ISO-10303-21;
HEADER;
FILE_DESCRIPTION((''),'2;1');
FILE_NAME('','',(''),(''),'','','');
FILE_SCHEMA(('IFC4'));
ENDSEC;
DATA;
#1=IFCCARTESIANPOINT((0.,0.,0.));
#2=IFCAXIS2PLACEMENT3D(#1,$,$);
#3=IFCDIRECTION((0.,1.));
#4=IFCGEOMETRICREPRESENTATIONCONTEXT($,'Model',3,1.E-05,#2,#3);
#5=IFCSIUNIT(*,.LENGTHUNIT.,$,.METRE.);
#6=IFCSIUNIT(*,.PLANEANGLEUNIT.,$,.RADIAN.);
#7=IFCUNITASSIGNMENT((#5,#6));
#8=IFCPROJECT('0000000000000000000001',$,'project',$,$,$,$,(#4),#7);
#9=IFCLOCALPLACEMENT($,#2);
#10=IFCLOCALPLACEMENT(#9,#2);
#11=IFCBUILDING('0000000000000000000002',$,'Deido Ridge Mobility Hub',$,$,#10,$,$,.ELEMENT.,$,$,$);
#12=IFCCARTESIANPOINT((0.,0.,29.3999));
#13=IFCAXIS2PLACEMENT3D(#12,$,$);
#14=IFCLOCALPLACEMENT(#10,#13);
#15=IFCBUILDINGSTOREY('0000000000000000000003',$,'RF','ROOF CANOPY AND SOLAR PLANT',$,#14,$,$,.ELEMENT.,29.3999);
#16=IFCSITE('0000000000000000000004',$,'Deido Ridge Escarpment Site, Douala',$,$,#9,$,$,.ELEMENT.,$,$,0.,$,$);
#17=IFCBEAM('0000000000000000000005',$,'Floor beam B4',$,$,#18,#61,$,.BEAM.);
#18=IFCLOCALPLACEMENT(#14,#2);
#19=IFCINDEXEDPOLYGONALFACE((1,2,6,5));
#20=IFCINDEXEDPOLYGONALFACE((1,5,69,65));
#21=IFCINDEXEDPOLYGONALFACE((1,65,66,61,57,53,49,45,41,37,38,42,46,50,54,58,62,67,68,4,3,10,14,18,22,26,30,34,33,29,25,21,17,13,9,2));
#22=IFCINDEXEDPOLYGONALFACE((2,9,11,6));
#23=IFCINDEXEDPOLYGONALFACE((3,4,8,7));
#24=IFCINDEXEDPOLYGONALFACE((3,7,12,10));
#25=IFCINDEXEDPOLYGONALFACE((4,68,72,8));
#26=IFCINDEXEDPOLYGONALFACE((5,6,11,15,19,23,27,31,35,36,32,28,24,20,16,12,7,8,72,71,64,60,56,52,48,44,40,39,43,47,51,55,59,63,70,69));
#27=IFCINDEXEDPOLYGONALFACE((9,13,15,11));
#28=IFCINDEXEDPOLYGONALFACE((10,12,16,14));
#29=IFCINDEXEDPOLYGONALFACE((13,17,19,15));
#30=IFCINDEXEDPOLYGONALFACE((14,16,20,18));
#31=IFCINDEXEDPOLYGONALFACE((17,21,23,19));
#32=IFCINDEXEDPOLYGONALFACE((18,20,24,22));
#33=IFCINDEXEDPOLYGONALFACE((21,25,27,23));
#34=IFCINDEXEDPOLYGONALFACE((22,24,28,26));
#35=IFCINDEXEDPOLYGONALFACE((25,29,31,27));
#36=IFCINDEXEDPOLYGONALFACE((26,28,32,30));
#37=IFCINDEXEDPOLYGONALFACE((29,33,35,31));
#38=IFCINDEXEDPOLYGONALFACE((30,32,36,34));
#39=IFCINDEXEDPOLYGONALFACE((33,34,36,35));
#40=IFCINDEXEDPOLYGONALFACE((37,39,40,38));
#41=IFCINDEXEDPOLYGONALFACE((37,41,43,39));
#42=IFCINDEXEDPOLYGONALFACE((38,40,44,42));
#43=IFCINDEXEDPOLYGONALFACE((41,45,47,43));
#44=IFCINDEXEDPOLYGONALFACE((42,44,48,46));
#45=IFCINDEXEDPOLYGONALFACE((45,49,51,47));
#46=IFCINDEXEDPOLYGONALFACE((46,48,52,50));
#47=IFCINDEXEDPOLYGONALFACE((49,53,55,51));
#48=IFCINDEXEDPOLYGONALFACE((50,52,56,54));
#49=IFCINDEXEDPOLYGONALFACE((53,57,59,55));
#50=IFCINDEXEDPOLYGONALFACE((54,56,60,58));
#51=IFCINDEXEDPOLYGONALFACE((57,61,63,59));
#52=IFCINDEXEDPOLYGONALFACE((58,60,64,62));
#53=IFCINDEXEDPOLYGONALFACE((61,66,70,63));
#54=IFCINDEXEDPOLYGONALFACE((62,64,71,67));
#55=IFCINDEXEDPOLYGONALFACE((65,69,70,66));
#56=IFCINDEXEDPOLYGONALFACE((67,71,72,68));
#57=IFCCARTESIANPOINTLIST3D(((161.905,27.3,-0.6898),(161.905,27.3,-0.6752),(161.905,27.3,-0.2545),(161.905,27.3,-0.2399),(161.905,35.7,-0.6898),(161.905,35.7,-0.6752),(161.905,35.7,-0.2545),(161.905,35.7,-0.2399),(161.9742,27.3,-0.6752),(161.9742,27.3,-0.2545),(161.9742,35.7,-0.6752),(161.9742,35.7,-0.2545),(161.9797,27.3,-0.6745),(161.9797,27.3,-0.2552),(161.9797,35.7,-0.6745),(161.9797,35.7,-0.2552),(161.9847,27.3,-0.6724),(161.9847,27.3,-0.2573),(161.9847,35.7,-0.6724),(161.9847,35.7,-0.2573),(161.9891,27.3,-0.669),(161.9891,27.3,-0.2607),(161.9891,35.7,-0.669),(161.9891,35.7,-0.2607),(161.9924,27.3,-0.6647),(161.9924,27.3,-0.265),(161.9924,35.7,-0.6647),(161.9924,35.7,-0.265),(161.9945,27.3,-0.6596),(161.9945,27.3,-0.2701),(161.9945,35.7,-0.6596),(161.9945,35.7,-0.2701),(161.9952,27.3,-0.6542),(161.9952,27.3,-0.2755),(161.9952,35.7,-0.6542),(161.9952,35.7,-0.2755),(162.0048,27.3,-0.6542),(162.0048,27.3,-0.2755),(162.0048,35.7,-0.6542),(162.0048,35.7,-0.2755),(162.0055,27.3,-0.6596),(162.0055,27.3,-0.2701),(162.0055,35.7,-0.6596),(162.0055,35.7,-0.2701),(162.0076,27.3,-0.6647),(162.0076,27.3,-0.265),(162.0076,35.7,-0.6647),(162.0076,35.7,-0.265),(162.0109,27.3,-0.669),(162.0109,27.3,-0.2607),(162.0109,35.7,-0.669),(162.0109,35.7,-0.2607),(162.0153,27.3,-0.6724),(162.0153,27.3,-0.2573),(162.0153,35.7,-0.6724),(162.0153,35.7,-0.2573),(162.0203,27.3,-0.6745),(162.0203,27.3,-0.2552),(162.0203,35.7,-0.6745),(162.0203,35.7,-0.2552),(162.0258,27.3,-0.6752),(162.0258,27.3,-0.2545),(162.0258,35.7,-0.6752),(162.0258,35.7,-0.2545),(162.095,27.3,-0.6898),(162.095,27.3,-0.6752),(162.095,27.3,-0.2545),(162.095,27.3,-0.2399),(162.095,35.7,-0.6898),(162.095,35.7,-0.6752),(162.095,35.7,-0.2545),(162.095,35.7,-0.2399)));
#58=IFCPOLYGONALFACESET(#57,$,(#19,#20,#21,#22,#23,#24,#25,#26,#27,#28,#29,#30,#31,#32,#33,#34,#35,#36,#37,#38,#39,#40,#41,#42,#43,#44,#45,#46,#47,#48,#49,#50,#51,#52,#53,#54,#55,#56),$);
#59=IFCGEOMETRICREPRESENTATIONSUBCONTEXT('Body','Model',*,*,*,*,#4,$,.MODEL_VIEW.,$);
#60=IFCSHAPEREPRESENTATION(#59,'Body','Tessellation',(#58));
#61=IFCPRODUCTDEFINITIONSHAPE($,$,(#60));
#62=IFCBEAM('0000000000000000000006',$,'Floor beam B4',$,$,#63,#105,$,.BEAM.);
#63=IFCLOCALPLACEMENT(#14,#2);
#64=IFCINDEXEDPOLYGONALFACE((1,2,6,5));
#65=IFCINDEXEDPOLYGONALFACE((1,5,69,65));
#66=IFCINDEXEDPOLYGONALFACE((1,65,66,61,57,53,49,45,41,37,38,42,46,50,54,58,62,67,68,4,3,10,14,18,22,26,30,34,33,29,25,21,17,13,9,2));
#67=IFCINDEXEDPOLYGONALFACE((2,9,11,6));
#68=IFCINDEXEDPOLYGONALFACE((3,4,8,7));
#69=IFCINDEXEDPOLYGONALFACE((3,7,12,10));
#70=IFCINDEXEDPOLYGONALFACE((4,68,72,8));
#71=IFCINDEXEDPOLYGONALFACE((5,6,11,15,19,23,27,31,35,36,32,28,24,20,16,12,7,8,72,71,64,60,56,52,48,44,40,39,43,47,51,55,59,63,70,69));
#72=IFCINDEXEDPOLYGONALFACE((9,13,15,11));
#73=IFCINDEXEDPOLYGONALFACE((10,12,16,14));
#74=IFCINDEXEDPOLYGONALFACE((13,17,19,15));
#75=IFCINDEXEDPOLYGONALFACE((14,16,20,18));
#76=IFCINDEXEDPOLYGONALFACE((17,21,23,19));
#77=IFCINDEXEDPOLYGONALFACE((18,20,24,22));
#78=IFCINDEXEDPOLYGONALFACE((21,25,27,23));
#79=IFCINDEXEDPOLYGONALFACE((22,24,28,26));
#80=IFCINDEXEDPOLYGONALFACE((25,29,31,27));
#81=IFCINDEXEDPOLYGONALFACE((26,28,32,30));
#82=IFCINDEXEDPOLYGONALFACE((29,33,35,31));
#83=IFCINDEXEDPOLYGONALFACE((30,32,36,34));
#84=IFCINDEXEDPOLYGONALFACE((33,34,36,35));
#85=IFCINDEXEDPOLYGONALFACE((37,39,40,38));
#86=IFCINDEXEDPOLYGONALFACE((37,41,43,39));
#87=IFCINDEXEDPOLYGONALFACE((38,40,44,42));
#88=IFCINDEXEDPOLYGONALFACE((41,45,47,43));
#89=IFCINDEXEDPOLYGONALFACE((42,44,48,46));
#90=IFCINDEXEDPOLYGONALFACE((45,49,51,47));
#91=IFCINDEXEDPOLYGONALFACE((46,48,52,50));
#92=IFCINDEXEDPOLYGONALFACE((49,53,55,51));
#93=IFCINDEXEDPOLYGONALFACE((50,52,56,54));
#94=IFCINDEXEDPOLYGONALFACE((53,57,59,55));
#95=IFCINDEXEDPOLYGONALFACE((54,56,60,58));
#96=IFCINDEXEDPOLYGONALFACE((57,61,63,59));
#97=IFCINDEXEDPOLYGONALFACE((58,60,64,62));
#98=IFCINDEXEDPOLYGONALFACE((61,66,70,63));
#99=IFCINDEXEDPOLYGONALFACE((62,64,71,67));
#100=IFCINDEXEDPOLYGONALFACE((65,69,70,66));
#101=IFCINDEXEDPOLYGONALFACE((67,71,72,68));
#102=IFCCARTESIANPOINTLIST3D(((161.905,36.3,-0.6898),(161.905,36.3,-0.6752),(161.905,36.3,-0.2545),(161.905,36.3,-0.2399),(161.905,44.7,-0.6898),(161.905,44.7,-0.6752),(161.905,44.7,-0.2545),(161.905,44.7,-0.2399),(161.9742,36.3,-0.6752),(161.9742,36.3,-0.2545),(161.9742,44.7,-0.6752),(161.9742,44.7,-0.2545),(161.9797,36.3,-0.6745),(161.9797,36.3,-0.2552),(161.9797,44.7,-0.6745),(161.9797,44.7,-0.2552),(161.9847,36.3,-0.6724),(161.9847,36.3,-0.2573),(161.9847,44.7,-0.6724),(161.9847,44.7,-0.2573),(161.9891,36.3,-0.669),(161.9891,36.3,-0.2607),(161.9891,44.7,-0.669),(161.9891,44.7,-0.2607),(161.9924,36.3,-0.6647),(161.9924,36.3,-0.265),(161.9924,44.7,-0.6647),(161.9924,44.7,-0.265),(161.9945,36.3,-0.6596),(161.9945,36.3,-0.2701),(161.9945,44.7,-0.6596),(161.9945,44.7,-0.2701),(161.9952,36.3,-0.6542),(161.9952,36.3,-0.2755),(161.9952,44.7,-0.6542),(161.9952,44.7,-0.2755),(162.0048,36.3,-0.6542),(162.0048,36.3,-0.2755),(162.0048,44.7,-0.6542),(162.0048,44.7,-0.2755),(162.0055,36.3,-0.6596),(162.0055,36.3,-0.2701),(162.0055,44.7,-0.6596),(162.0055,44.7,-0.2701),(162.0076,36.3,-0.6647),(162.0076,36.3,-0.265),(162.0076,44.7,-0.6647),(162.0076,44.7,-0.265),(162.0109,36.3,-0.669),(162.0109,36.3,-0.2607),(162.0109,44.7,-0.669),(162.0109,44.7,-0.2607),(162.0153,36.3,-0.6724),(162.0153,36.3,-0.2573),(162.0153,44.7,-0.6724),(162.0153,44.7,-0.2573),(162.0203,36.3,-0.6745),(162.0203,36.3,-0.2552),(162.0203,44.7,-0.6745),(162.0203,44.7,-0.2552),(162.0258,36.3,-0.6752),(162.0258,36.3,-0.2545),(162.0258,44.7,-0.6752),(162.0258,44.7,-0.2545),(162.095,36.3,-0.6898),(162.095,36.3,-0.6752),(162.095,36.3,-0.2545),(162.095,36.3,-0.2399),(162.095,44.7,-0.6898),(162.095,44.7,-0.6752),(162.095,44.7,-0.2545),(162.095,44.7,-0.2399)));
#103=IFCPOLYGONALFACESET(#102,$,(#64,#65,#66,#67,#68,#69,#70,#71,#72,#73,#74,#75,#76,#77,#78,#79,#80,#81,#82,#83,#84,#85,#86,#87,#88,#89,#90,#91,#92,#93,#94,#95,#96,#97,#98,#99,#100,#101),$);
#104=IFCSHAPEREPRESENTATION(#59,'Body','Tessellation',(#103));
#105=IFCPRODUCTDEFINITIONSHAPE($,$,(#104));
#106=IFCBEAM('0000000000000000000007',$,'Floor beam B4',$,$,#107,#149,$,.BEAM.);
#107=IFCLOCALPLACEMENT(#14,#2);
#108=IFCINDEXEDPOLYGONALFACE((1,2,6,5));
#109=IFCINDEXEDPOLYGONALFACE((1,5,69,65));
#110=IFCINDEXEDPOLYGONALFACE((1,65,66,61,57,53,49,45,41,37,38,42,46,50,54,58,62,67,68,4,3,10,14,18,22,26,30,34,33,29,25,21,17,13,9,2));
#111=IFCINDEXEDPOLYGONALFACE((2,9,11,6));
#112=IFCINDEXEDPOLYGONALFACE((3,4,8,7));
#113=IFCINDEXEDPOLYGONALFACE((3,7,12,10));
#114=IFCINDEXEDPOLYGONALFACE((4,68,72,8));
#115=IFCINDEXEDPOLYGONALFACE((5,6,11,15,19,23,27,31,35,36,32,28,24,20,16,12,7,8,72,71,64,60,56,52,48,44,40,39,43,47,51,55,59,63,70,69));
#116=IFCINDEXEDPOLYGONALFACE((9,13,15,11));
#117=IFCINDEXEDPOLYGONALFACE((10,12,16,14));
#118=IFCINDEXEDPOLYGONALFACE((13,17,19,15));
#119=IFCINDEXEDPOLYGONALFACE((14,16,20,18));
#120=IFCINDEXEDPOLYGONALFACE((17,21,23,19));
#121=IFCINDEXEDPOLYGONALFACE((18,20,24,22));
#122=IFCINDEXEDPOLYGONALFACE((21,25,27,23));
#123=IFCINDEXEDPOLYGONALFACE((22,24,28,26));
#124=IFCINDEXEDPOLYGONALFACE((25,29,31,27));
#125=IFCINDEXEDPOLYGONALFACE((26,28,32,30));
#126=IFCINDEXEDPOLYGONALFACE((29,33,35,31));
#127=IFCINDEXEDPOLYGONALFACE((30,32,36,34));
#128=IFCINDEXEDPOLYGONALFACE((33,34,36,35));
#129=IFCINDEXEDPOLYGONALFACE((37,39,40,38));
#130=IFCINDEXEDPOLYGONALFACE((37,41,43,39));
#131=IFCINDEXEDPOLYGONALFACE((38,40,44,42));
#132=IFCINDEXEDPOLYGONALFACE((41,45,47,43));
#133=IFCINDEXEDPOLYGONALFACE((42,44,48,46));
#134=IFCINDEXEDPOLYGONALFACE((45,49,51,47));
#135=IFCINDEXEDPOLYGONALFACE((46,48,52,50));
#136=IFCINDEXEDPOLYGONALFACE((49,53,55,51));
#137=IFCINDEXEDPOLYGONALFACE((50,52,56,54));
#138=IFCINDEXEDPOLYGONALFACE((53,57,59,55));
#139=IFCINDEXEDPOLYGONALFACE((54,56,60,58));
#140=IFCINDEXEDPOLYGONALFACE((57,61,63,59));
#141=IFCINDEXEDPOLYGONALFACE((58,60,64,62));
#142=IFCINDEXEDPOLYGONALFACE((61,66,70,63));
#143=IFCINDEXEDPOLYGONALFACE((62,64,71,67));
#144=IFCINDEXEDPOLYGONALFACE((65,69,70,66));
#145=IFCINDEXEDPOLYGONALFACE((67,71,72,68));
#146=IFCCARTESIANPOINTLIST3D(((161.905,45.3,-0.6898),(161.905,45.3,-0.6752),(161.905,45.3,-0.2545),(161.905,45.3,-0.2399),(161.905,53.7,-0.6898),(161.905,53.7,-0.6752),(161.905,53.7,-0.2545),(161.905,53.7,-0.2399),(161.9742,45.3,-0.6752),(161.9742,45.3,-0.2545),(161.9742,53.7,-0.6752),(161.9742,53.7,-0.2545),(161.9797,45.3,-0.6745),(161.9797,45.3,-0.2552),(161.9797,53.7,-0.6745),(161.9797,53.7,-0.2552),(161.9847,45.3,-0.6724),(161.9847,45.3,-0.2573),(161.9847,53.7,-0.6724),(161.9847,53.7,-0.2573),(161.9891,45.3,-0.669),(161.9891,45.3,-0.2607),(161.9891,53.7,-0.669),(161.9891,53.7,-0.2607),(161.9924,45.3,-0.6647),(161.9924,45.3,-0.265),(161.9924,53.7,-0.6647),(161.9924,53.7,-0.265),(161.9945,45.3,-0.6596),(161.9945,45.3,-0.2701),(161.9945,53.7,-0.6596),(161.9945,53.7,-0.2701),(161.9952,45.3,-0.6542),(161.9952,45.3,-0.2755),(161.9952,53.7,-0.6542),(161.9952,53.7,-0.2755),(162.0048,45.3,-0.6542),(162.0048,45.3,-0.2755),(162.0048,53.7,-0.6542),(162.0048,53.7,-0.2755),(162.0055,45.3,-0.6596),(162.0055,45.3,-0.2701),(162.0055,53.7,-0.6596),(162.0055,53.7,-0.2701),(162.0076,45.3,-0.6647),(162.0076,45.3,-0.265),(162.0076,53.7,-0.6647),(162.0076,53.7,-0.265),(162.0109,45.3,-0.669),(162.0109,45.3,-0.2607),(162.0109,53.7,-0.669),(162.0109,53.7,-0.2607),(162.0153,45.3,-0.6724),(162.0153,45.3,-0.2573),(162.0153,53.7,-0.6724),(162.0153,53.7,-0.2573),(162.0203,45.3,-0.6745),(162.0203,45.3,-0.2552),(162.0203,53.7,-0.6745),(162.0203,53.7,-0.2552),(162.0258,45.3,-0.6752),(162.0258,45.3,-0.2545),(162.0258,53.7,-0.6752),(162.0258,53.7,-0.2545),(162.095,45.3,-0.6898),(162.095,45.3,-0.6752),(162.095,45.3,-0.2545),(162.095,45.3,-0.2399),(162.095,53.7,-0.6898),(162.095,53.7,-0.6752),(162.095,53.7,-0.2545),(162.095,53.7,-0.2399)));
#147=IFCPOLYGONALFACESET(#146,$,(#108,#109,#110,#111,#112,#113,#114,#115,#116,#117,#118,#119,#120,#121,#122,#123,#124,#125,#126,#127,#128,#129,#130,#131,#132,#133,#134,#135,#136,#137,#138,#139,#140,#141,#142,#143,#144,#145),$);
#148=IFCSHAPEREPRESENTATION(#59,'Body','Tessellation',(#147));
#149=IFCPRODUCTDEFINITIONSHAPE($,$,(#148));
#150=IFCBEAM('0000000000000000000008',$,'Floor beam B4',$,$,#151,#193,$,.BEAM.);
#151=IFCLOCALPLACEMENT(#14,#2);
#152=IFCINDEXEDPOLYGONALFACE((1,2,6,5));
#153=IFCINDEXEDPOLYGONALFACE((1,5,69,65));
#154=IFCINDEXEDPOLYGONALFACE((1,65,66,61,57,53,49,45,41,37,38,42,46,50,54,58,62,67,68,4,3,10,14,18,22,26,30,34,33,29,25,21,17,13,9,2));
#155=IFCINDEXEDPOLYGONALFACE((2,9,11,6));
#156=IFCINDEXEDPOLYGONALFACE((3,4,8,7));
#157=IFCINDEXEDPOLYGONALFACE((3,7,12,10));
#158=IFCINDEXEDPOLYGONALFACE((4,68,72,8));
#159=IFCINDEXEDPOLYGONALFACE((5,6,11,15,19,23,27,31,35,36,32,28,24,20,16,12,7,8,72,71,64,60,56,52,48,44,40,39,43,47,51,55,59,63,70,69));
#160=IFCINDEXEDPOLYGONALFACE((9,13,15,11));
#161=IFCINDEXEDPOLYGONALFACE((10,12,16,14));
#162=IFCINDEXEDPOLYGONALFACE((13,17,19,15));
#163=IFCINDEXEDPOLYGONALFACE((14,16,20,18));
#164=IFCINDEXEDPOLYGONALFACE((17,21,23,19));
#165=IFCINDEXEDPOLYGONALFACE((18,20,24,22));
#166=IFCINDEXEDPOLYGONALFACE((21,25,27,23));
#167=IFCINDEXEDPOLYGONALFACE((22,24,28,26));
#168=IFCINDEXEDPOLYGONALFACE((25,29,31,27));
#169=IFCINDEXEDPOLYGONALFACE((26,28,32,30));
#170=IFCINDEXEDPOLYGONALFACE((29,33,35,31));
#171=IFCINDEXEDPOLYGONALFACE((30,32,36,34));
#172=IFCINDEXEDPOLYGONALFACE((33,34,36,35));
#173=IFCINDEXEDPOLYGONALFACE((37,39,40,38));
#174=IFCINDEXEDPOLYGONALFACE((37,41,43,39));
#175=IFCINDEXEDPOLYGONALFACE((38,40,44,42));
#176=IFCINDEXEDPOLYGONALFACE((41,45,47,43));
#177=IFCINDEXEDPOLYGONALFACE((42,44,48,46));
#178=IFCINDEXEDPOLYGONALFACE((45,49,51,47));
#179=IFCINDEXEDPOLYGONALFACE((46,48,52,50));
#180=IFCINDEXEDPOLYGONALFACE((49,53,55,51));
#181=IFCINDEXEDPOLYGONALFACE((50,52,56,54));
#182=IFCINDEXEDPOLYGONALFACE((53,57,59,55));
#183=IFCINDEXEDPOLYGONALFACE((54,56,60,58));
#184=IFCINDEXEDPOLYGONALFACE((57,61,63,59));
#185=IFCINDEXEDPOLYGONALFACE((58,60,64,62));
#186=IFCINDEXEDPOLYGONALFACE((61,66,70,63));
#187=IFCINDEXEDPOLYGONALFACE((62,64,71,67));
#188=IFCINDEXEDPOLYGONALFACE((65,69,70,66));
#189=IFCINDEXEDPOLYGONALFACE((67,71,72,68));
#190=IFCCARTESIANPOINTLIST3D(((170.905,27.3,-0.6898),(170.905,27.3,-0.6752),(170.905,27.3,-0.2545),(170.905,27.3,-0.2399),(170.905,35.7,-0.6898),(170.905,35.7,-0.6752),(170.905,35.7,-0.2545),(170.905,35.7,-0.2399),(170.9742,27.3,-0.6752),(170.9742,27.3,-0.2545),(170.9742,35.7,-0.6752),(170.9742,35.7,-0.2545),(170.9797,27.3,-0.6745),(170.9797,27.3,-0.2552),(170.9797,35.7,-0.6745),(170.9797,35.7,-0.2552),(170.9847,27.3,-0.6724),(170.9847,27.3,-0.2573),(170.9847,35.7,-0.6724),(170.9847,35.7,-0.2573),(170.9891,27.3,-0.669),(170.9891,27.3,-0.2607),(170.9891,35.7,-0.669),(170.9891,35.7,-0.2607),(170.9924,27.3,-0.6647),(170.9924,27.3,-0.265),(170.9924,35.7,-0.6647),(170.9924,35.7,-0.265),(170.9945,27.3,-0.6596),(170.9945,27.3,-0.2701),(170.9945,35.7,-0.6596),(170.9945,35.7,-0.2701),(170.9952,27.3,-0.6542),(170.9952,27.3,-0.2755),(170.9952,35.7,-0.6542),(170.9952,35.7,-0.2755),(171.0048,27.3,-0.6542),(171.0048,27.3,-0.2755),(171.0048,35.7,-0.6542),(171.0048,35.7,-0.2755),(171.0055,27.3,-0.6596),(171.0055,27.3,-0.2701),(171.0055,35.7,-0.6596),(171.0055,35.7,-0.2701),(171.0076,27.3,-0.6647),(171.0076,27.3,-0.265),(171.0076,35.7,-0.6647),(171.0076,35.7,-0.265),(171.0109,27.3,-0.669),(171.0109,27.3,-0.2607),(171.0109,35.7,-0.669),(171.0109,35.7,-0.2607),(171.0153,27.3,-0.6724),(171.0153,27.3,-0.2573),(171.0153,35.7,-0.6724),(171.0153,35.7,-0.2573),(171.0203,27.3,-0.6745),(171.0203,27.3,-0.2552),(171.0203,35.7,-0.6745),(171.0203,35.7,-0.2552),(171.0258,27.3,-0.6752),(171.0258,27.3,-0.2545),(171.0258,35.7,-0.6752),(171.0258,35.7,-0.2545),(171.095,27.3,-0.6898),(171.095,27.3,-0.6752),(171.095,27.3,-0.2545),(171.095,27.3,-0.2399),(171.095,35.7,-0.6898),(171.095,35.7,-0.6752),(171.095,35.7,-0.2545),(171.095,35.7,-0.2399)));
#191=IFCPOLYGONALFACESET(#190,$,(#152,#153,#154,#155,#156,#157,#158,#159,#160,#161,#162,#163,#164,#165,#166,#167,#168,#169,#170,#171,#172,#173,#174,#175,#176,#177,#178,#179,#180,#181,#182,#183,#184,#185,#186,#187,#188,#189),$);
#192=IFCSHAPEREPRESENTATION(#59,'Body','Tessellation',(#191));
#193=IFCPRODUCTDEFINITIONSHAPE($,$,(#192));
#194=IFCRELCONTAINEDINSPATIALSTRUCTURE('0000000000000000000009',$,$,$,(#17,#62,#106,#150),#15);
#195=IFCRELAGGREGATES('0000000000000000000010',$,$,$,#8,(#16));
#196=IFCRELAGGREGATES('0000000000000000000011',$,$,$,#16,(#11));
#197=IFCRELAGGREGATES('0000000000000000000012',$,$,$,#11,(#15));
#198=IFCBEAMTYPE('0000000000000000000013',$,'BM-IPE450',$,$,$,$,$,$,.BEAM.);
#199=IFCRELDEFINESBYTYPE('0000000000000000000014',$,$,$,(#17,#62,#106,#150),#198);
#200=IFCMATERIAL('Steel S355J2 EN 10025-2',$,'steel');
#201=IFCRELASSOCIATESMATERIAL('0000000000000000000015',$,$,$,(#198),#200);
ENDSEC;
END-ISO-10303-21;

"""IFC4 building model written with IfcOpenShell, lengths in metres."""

from ifc_helpers import new_model, si_unit, direction, frame, origin, origin_2d, place, context, subcontext, project, spatial, i_section, extrude, material, material_profile, profile_set, type_object, element, save


model = new_model("IFC4")

# Units and contexts
model_context = context("Model", 3, precision=1e-05, world=origin(), true_north=direction((0.0, 1.0)))
body_context = subcontext(model_context, "Body", "Model", "MODEL_VIEW")
ifc_project = project(units=[si_unit("LENGTHUNIT", "METRE"), si_unit("PLANEANGLEUNIT", "RADIAN")], contexts=[model_context])

# Site, building, storey
site_placement = place(None, origin())
site = spatial("IfcSite", under=ifc_project, at=site_placement, Name="Deido Ridge Escarpment Site, Douala", CompositionType="ELEMENT", RefElevation=0.0)
building_placement = place(site_placement, origin())
building = spatial("IfcBuilding", under=site, at=building_placement, Name="Deido Ridge Mobility Hub", CompositionType="ELEMENT")
storey_placement = place(building_placement, frame((0.0, 0.0, 29.3999)))
storey = spatial("IfcBuildingStorey", under=building, at=storey_placement, Name="RF", Description="ROOF CANOPY AND SOLAR PLANT", CompositionType="ELEMENT", Elevation=29.3999)

# Beams
ifc_material_1 = material(Name="Steel S355J2 EN 10025-2", Category="steel")
ifc_material_profile_1 = material_profile(ifc_material_1, i_section(OverallWidth=0.1899, OverallDepth=0.45, WebThickness=0.0095, FlangeThickness=0.0146, FilletRadius=0.021, at=origin_2d()), Name="IPE 450")
ifc_profile_set_1 = profile_set([ifc_material_profile_1], Name="Steel S355J2 EN 10025-2")
beam_type_1 = type_object("IfcBeamType", Name="BM-IPE450", PredefinedType="BEAM", material=ifc_profile_set_1)
for number, where, z_axis, x_axis, name in (
    (1, (162.0, 27.3, -0.4648), (0.0, 1.0, 0.0), (-1.0, 0.0, 0.0), "Floor beam B4"),
    (2, (162.0, 36.3, -0.4648), (0.0, 1.0, 0.0), (-1.0, 0.0, 0.0), "Floor beam B4"),
    (3, (162.0, 45.3, -0.4648), (0.0, 1.0, 0.0), (-1.0, 0.0, 0.0), "Floor beam B4"),
    (4, (171.0, 27.3, -0.4648), (0.0, 1.0, 0.0), (-1.0, 0.0, 0.0), "Floor beam B4"),
):
    element("IfcBeam", number, at=place(storey_placement, frame(where, z_axis=z_axis, x_axis=x_axis)), inside=storey, type_object=beam_type_1, Name=name, PredefinedType="BEAM", context=body_context, shape_type="SweptSolid", body=[
        extrude(i_section(OverallWidth=0.1899, OverallDepth=0.45, WebThickness=0.0095, FlangeThickness=0.0146, FilletRadius=0.021, at=origin_2d()), origin(), (0.0, 0.0, 1.0), 8.3999),
    ])

save(model, "model.ifc")
